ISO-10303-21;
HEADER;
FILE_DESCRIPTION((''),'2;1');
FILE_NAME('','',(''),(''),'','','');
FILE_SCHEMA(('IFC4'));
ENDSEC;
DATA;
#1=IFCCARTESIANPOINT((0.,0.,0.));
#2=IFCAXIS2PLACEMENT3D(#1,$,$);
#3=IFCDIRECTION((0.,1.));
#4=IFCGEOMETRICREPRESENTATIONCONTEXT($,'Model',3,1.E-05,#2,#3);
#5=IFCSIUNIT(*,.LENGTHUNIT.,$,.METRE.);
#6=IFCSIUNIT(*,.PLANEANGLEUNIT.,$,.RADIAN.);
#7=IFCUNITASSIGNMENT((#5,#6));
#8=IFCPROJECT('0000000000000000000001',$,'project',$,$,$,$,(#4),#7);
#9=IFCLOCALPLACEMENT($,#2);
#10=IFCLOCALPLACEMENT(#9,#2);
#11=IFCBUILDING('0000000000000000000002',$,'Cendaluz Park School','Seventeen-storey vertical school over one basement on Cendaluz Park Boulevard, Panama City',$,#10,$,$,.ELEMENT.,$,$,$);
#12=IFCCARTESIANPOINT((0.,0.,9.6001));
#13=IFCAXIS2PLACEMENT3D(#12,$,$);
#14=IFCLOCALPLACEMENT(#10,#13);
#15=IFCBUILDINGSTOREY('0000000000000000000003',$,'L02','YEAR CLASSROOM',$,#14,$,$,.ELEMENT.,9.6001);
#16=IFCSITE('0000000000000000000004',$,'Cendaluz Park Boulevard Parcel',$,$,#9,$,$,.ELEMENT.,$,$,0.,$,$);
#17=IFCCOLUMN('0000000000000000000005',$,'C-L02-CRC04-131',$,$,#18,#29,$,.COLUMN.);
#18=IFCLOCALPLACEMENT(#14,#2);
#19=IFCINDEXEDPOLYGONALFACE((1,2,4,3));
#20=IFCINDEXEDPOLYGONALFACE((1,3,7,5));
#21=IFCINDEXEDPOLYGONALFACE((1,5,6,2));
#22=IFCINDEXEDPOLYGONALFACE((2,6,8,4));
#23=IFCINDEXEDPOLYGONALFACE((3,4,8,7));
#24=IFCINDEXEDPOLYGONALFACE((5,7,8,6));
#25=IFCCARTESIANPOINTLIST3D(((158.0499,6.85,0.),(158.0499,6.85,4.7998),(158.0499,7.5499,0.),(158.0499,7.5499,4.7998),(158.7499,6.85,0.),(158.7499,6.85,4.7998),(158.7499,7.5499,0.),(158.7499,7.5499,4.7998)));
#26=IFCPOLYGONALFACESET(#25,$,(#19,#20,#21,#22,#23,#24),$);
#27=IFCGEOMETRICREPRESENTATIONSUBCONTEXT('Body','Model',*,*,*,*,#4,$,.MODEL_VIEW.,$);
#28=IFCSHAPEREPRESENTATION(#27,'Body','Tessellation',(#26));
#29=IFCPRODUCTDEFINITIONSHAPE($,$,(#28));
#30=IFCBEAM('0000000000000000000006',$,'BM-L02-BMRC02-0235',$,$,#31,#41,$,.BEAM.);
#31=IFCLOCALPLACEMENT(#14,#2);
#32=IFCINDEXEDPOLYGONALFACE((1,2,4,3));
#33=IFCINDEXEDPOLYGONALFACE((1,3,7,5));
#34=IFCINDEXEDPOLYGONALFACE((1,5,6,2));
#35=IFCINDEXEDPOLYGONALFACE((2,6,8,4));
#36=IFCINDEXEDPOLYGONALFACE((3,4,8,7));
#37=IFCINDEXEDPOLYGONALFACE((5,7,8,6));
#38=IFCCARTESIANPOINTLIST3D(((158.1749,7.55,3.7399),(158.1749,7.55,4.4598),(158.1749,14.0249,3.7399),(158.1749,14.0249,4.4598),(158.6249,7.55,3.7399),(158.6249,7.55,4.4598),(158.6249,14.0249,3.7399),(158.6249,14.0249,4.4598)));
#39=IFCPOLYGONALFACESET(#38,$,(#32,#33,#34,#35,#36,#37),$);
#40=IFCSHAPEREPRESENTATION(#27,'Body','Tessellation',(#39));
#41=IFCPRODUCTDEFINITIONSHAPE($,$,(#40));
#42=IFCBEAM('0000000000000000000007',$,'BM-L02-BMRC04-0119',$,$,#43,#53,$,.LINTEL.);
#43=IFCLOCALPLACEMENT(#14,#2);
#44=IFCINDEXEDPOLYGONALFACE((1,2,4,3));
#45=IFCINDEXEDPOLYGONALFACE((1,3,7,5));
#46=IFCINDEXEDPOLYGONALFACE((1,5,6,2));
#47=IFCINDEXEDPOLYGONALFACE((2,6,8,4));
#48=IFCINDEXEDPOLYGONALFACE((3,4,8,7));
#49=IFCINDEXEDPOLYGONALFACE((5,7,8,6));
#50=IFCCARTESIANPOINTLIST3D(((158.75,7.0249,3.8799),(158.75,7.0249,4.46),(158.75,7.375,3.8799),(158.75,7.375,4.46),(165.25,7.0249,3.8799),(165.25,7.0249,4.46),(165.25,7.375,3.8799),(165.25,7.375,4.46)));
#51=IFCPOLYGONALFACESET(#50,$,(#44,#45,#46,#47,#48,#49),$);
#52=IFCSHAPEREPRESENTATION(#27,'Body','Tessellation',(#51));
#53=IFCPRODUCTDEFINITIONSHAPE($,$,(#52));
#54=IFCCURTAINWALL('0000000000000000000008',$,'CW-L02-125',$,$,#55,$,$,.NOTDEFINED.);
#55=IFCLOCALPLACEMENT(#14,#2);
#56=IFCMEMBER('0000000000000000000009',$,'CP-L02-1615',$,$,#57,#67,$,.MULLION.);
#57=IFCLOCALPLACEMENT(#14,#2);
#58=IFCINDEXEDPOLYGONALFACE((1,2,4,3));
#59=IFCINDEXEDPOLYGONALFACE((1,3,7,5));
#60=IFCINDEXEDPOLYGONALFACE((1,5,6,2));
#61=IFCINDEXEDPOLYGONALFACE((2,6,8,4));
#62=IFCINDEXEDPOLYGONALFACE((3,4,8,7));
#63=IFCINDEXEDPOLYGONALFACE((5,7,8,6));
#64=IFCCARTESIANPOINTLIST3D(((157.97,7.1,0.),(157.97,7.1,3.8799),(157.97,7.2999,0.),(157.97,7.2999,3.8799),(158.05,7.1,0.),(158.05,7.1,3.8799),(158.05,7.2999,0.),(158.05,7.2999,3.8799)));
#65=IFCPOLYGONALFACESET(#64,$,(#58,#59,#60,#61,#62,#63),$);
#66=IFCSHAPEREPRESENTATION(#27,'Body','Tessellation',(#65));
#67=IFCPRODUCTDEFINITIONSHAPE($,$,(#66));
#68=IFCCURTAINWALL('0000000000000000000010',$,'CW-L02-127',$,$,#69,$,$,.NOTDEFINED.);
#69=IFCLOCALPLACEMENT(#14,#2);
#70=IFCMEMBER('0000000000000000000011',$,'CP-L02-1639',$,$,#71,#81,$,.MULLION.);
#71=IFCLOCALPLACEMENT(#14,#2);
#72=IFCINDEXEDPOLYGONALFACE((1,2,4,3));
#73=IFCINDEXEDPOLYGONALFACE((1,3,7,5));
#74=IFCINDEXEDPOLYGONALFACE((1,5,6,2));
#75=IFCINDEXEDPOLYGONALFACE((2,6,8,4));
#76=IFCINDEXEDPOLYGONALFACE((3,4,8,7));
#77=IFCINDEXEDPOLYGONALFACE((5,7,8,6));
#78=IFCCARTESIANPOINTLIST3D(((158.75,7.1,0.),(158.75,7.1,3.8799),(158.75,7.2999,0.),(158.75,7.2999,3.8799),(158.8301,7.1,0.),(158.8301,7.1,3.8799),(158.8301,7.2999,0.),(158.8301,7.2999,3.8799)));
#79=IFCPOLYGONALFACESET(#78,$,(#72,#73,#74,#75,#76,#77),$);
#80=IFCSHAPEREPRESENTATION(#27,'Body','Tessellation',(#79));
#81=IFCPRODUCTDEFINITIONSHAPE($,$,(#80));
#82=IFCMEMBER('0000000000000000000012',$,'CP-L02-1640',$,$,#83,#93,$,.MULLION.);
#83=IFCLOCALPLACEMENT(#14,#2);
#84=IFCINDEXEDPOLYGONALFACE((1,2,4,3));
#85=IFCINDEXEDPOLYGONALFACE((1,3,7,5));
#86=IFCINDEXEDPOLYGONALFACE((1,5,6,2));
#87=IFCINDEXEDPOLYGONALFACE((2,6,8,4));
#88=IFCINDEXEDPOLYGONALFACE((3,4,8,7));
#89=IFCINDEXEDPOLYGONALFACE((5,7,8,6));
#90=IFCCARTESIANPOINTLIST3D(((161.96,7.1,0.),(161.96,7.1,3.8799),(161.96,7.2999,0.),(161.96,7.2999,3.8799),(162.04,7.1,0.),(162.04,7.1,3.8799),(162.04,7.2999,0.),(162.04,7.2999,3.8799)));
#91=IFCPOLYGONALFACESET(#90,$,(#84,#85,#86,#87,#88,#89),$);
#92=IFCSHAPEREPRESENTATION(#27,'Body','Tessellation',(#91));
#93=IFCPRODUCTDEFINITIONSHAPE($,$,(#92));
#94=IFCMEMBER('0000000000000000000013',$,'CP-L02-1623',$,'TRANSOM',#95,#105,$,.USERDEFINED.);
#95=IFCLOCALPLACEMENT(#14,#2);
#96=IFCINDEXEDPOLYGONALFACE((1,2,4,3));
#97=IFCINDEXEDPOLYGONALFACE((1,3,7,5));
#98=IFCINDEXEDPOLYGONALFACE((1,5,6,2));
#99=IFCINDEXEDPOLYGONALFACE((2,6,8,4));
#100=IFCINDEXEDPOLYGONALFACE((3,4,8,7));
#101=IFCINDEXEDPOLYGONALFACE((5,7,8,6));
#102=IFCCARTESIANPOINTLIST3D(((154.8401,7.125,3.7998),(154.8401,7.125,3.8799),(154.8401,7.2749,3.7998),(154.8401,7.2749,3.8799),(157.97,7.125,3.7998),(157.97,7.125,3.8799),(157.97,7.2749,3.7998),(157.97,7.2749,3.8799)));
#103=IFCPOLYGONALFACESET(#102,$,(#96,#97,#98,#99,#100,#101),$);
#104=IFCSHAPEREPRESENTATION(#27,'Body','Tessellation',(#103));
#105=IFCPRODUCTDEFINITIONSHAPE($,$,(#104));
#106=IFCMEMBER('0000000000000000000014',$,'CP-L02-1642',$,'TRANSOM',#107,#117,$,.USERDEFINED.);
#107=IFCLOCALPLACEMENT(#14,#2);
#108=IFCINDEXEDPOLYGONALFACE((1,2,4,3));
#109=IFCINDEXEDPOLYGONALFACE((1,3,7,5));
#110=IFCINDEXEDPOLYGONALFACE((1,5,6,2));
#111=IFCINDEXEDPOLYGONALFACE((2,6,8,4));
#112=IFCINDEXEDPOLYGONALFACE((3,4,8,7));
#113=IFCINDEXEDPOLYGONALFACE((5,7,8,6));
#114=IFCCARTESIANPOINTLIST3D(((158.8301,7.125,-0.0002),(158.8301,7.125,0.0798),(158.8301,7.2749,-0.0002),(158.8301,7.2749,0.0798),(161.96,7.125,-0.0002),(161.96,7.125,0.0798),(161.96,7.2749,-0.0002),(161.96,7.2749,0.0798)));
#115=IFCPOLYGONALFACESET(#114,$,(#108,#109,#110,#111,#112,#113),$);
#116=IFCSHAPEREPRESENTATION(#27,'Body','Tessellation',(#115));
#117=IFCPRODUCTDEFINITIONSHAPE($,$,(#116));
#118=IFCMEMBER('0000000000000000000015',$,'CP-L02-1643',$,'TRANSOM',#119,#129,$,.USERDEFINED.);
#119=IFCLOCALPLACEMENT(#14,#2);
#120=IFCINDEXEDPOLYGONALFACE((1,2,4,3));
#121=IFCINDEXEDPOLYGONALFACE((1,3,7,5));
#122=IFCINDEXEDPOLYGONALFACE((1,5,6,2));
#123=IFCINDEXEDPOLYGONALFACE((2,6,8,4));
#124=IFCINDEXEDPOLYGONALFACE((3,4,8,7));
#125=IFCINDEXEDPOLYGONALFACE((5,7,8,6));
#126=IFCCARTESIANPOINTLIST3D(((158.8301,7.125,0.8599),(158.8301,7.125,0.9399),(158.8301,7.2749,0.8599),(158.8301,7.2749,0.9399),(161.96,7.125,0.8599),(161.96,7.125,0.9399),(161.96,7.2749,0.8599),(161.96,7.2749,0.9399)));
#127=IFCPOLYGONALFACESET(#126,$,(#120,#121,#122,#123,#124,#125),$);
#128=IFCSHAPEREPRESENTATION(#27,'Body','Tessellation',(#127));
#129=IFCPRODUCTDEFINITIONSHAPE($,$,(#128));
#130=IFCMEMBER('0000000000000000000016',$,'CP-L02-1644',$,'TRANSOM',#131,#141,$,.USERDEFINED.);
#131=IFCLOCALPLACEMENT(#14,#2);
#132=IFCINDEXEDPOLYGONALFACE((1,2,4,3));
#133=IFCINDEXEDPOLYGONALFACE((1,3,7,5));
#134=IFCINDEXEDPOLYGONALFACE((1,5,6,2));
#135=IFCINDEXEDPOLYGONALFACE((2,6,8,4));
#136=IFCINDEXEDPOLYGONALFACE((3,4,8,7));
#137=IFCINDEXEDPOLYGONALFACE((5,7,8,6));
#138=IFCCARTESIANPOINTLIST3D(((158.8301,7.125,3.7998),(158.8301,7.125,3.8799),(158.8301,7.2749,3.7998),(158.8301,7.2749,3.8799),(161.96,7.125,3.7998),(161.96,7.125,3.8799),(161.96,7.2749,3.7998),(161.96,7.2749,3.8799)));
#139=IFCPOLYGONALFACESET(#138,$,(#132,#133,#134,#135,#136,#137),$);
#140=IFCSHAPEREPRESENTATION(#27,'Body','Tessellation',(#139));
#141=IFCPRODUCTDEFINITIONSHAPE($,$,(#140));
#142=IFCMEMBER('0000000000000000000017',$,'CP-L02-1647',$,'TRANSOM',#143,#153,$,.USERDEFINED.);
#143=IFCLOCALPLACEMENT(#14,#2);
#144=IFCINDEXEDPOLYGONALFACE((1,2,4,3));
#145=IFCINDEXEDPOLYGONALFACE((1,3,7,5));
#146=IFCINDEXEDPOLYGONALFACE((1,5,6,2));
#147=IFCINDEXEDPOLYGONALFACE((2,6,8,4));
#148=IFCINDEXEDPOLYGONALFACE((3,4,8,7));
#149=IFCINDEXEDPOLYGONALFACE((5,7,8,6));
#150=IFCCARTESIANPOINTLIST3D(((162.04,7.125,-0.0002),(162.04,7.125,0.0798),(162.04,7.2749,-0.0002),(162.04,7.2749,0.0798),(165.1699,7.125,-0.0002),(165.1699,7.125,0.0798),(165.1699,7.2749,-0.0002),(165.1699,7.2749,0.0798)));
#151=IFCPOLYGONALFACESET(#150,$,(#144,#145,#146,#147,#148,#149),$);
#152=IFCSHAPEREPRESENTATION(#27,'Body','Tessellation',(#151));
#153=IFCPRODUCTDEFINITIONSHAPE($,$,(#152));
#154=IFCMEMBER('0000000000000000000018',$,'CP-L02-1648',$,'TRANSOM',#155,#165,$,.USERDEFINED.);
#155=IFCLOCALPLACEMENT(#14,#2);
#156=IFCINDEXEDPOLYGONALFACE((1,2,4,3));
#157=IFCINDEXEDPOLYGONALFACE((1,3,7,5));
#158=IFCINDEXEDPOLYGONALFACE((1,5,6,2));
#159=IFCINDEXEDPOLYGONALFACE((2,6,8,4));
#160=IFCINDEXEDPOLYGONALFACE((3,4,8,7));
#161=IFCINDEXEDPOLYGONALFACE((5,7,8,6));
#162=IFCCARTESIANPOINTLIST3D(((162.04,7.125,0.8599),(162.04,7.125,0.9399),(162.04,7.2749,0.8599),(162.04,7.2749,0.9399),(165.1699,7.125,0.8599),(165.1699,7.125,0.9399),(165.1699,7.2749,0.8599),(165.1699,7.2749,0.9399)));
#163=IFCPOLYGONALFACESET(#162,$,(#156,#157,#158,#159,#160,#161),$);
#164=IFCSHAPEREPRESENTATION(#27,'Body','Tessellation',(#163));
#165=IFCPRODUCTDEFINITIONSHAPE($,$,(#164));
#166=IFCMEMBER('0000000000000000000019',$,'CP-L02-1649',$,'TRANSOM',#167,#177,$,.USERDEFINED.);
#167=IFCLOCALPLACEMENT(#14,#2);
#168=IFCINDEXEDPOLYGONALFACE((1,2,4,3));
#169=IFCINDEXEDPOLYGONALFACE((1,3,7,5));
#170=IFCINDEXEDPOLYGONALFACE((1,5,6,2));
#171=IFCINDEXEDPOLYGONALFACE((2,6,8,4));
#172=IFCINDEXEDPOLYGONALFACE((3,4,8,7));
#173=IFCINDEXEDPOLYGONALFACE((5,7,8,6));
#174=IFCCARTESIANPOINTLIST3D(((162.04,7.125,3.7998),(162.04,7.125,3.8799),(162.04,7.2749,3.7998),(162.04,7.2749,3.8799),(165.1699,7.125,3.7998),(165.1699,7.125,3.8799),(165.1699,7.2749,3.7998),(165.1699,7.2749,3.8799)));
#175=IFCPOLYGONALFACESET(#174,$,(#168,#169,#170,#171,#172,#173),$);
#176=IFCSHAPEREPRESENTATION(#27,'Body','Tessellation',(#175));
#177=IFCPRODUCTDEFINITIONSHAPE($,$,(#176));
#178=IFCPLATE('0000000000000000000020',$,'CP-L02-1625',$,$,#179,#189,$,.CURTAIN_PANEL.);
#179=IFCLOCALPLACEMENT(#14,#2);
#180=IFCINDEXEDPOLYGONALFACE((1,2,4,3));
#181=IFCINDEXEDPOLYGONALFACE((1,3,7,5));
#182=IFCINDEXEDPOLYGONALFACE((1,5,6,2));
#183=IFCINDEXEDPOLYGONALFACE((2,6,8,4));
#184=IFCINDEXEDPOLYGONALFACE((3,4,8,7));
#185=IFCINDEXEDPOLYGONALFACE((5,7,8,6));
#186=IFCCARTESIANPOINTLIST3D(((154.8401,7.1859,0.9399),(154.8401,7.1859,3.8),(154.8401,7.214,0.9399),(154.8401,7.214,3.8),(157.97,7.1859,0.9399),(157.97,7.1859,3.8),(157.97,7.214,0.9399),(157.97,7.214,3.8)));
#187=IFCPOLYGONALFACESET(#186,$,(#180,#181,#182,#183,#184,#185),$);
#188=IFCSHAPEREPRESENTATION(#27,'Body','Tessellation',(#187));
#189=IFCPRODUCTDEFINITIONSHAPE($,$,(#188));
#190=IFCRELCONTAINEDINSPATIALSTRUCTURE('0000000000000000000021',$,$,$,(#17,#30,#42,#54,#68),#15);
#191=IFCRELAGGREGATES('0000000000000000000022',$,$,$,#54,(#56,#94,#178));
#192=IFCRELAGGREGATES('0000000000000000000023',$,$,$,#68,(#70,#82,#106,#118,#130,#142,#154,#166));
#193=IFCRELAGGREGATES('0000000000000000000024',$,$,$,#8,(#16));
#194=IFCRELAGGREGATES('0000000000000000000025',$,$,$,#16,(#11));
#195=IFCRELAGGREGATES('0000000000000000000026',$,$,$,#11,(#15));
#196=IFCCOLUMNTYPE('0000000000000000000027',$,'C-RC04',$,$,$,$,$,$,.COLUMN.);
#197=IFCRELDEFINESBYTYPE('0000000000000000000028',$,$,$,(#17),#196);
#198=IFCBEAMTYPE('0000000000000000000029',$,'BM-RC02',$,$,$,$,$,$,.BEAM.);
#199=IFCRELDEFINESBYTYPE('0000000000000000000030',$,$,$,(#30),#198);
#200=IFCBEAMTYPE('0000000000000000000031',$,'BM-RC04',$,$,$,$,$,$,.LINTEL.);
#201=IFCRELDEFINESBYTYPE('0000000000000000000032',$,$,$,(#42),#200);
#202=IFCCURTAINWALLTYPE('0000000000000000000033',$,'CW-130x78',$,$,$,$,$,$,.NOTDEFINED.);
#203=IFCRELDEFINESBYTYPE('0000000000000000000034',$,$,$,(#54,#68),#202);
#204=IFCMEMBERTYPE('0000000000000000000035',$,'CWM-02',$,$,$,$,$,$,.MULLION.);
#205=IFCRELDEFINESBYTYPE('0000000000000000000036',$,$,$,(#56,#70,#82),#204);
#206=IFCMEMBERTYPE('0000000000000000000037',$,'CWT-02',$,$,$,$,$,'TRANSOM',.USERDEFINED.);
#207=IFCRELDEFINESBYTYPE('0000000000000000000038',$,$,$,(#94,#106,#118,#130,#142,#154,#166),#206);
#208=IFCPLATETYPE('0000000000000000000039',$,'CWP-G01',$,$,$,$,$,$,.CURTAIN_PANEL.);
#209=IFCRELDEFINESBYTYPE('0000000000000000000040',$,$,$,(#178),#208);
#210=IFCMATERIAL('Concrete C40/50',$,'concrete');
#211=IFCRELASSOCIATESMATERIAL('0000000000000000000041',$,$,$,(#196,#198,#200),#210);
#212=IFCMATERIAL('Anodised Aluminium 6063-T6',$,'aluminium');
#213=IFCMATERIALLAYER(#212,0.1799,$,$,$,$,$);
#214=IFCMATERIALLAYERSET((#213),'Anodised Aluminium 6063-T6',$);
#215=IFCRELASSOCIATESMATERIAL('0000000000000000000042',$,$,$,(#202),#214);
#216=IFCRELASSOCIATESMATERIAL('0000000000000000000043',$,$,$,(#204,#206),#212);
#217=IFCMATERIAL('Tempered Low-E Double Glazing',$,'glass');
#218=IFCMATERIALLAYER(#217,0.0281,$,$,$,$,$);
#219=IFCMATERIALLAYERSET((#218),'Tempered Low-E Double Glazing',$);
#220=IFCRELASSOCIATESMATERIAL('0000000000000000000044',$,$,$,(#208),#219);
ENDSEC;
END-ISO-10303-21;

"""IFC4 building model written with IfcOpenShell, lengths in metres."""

from ifc_helpers import new_model, si_unit, direction, frame, origin, origin_2d, place, context, subcontext, project, spatial, rectangle, extrude, material, layer, layer_set, material_profile, profile_set, type_object, element, aggregate, save


model = new_model("IFC4")

# Units and contexts
model_context = context("Model", 3, precision=1e-05, world=origin(), true_north=direction((0.0, 1.0)))
body_context = subcontext(model_context, "Body", "Model", "MODEL_VIEW")
ifc_project = project(units=[si_unit("LENGTHUNIT", "METRE"), si_unit("PLANEANGLEUNIT", "RADIAN")], contexts=[model_context])

# Site, building, storey
site_placement = place(None, origin())
site = spatial("IfcSite", under=ifc_project, at=site_placement, Name="Cendaluz Park Boulevard Parcel", CompositionType="ELEMENT", RefElevation=0.0)
building_placement = place(site_placement, origin())
building = spatial("IfcBuilding", under=site, at=building_placement, Name="Cendaluz Park School", Description="Seventeen-storey vertical school over one basement on Cendaluz Park Boulevard, Panama City", CompositionType="ELEMENT")
storey_placement = place(building_placement, frame((0.0, 0.0, 9.6001)))
storey = spatial("IfcBuildingStorey", under=building, at=storey_placement, Name="L02", Description="YEAR CLASSROOM", CompositionType="ELEMENT", Elevation=9.6001)

# Column
ifc_material_1 = material(Name="Concrete C40/50", Category="concrete")
ifc_material_profile_1 = material_profile(ifc_material_1, rectangle(XDim=0.7, YDim=0.7, at=origin_2d()), Name="RC 700x700", Category="concrete")
ifc_profile_set_1 = profile_set([ifc_material_profile_1], Name="Concrete C40/50")
column_type = type_object("IfcColumnType", Name="C-RC04", PredefinedType="COLUMN", material=ifc_profile_set_1)
column_placement = place(storey_placement, frame((158.3999, 7.2, 0.0), z_axis=(0.0, 0.0, 1.0), x_axis=(1.0, 0.0, 0.0)))
element("IfcColumn", 1, at=column_placement, inside=storey, type_object=column_type, Name="C-L02-CRC04-131", PredefinedType="COLUMN", context=body_context, shape_type="SweptSolid", body=[
    extrude(rectangle(XDim=0.7, YDim=0.7, at=origin_2d()), origin(), (0.0, 0.0, 1.0), 4.7998),
])

# Beams
ifc_material_profile_2 = material_profile(ifc_material_1, rectangle(XDim=0.45, YDim=0.72, at=origin_2d()), Name="RC 450x720", Category="concrete")
ifc_profile_set_2 = profile_set([ifc_material_profile_2], Name="Concrete C40/50")
beam_type_1 = type_object("IfcBeamType", Name="BM-RC02", PredefinedType="BEAM", material=ifc_profile_set_2)
beam_1_placement = place(storey_placement, frame((158.3999, 7.55, 4.0999), z_axis=(0.0, 1.0, 0.0), x_axis=(-1.0, 0.0, 0.0)))
element("IfcBeam", 2, at=beam_1_placement, inside=storey, type_object=beam_type_1, Name="BM-L02-BMRC02-0235", PredefinedType="BEAM", context=body_context, shape_type="SweptSolid", body=[
    extrude(rectangle(XDim=0.45, YDim=0.72, at=origin_2d()), origin(), (0.0, 0.0, 1.0), 6.4749),
])
ifc_material_profile_3 = material_profile(ifc_material_1, rectangle(XDim=0.3501, YDim=0.5801, at=origin_2d()), Name="RC 350x580", Category="concrete")
ifc_profile_set_3 = profile_set([ifc_material_profile_3], Name="Concrete C40/50")
beam_type_2 = type_object("IfcBeamType", Name="BM-RC04", PredefinedType="LINTEL", material=ifc_profile_set_3)
beam_2_placement = place(storey_placement, frame((158.75, 7.2, 4.1699), z_axis=(1.0, 0.0, 0.0), x_axis=(0.0, 1.0, 0.0)))
element("IfcBeam", 3, at=beam_2_placement, inside=storey, type_object=beam_type_2, Name="BM-L02-BMRC04-0119", PredefinedType="LINTEL", context=body_context, shape_type="SweptSolid", body=[
    extrude(rectangle(XDim=0.3501, YDim=0.5801, at=origin_2d()), origin(), (0.0, 0.0, 1.0), 6.5),
])

# Curtain wall, member
ifc_material_2 = material(Name="Anodised Aluminium 6063-T6", Category="aluminium")
ifc_layer_1 = layer(ifc_material_2, 0.1799)
ifc_layer_set_1 = layer_set([ifc_layer_1], Name="Anodised Aluminium 6063-T6")
curtain_wall_type = type_object("IfcCurtainWallType", Name="CW-130x78", PredefinedType="NOTDEFINED", material=ifc_layer_set_1)
curtain_wall_1_placement = place(storey_placement, origin())
curtain_wall_1 = element("IfcCurtainWall", 4, at=curtain_wall_1_placement, inside=storey, type_object=curtain_wall_type, Name="CW-L02-125", PredefinedType="NOTDEFINED")
ifc_material_profile_4 = material_profile(ifc_material_2, rectangle(XDim=0.2, YDim=0.0801, at=origin_2d()), Name="CWM 200x80", Category="aluminium")
ifc_profile_set_4 = profile_set([ifc_material_profile_4], Name="Anodised Aluminium 6063-T6")
member_type_1 = type_object("IfcMemberType", Name="CWM-02", PredefinedType="MULLION", material=ifc_profile_set_4)
member_1_placement = place(storey_placement, frame((158.01, 7.2, 0.0), z_axis=(0.0, 0.0, 1.0), x_axis=(0.0, 1.0, 0.0)))
member_1 = element("IfcMember", 5, at=member_1_placement, type_object=member_type_1, Name="CP-L02-1615", PredefinedType="MULLION", context=body_context, shape_type="SweptSolid", body=[
    extrude(rectangle(XDim=0.2, YDim=0.0801, at=origin_2d()), origin(), (0.0, 0.0, 1.0), 3.8799),
])

# Curtain wall, members
curtain_wall_2_placement = place(storey_placement, origin())
curtain_wall_2 = element("IfcCurtainWall", 6, at=curtain_wall_2_placement, inside=storey, type_object=curtain_wall_type, Name="CW-L02-127", PredefinedType="NOTDEFINED")
member_2_placement = place(storey_placement, frame((158.79, 7.2, 0.0), z_axis=(0.0, 0.0, 1.0), x_axis=(0.0, 1.0, 0.0)))
member_2 = element("IfcMember", 7, at=member_2_placement, type_object=member_type_1, Name="CP-L02-1639", PredefinedType="MULLION", context=body_context, shape_type="SweptSolid", body=[
    extrude(rectangle(XDim=0.2, YDim=0.0801, at=origin_2d()), origin(), (0.0, 0.0, 1.0), 3.8799),
])
member_3_placement = place(storey_placement, frame((162.0, 7.2, 0.0), z_axis=(0.0, 0.0, 1.0), x_axis=(0.0, 1.0, 0.0)))
member_3 = element("IfcMember", 8, at=member_3_placement, type_object=member_type_1, Name="CP-L02-1640", PredefinedType="MULLION", context=body_context, shape_type="SweptSolid", body=[
    extrude(rectangle(XDim=0.2, YDim=0.0801, at=origin_2d()), origin(), (0.0, 0.0, 1.0), 3.8799),
])

# Members
ifc_material_profile_5 = material_profile(ifc_material_2, rectangle(XDim=0.1499, YDim=0.0801, at=origin_2d()), Name="CWT 150x80", Category="aluminium")
ifc_profile_set_5 = profile_set([ifc_material_profile_5], Name="Anodised Aluminium 6063-T6")
member_type_2 = type_object("IfcMemberType", Name="CWT-02", ElementType="TRANSOM", PredefinedType="USERDEFINED", material=ifc_profile_set_5)
member_4_placement = place(storey_placement, frame((154.8401, 7.2, 3.8398), z_axis=(1.0, 0.0, 0.0), x_axis=(0.0, 1.0, 0.0)))
member_4 = element("IfcMember", 9, at=member_4_placement, type_object=member_type_2, Name="CP-L02-1623", ObjectType="TRANSOM", PredefinedType="USERDEFINED", context=body_context, shape_type="SweptSolid", body=[
    extrude(rectangle(XDim=0.1499, YDim=0.0801, at=origin_2d()), origin(), (0.0, 0.0, 1.0), 3.1299),
])
member_5_placement = place(storey_placement, frame((158.8301, 7.2, 0.0398), z_axis=(1.0, 0.0, 0.0), x_axis=(0.0, 1.0, 0.0)))
member_5 = element("IfcMember", 10, at=member_5_placement, type_object=member_type_2, Name="CP-L02-1642", ObjectType="TRANSOM", PredefinedType="USERDEFINED", context=body_context, shape_type="SweptSolid", body=[
    extrude(rectangle(XDim=0.1499, YDim=0.0801, at=origin_2d()), origin(), (0.0, 0.0, 1.0), 3.1299),
])
member_6_placement = place(storey_placement, frame((158.8301, 7.2, 0.8999), z_axis=(1.0, 0.0, 0.0), x_axis=(0.0, 1.0, 0.0)))
member_6 = element("IfcMember", 11, at=member_6_placement, type_object=member_type_2, Name="CP-L02-1643", ObjectType="TRANSOM", PredefinedType="USERDEFINED", context=body_context, shape_type="SweptSolid", body=[
    extrude(rectangle(XDim=0.1499, YDim=0.0801, at=origin_2d()), origin(), (0.0, 0.0, 1.0), 3.1299),
])
member_7_placement = place(storey_placement, frame((158.8301, 7.2, 3.8398), z_axis=(1.0, 0.0, 0.0), x_axis=(0.0, 1.0, 0.0)))
member_7 = element("IfcMember", 12, at=member_7_placement, type_object=member_type_2, Name="CP-L02-1644", ObjectType="TRANSOM", PredefinedType="USERDEFINED", context=body_context, shape_type="SweptSolid", body=[
    extrude(rectangle(XDim=0.1499, YDim=0.0801, at=origin_2d()), origin(), (0.0, 0.0, 1.0), 3.1299),
])
member_8_placement = place(storey_placement, frame((162.04, 7.2, 0.0398), z_axis=(1.0, 0.0, 0.0), x_axis=(0.0, 1.0, 0.0)))
member_8 = element("IfcMember", 13, at=member_8_placement, type_object=member_type_2, Name="CP-L02-1647", ObjectType="TRANSOM", PredefinedType="USERDEFINED", context=body_context, shape_type="SweptSolid", body=[
    extrude(rectangle(XDim=0.1499, YDim=0.0801, at=origin_2d()), origin(), (0.0, 0.0, 1.0), 3.1299),
])
member_9_placement = place(storey_placement, frame((162.04, 7.2, 0.8999), z_axis=(1.0, 0.0, 0.0), x_axis=(0.0, 1.0, 0.0)))
member_9 = element("IfcMember", 14, at=member_9_placement, type_object=member_type_2, Name="CP-L02-1648", ObjectType="TRANSOM", PredefinedType="USERDEFINED", context=body_context, shape_type="SweptSolid", body=[
    extrude(rectangle(XDim=0.1499, YDim=0.0801, at=origin_2d()), origin(), (0.0, 0.0, 1.0), 3.1299),
])
member_10_placement = place(storey_placement, frame((162.04, 7.2, 3.8398), z_axis=(1.0, 0.0, 0.0), x_axis=(0.0, 1.0, 0.0)))
member_10 = element("IfcMember", 15, at=member_10_placement, type_object=member_type_2, Name="CP-L02-1649", ObjectType="TRANSOM", PredefinedType="USERDEFINED", context=body_context, shape_type="SweptSolid", body=[
    extrude(rectangle(XDim=0.1499, YDim=0.0801, at=origin_2d()), origin(), (0.0, 0.0, 1.0), 3.1299),
])

# Plate
ifc_material_3 = material(Name="Tempered Low-E Double Glazing", Category="glass")
ifc_layer_2 = layer(ifc_material_3, 0.0281)
ifc_layer_set_2 = layer_set([ifc_layer_2], Name="Tempered Low-E Double Glazing")
plate_type_1 = type_object("IfcPlateType", Name="CWP-G01", PredefinedType="CURTAIN_PANEL", material=ifc_layer_set_2)
plate_1_placement = place(storey_placement, frame((156.405, 7.2, 0.9399), z_axis=(0.0, 0.0, 1.0), x_axis=(1.0, 0.0, 0.0)))
plate_1 = element("IfcPlate", 16, at=plate_1_placement, type_object=plate_type_1, Name="CP-L02-1625", PredefinedType="CURTAIN_PANEL", context=body_context, shape_type="SweptSolid", body=[
    extrude(rectangle(XDim=3.1299, YDim=0.0281, at=origin_2d()), origin(), (0.0, 0.0, 1.0), 2.8601),
])
aggregate(curtain_wall_1, [member_1, member_4, plate_1])
aggregate(curtain_wall_2, [member_2, member_3, member_5, member_6, member_7, member_8, member_9, member_10])

save(model, "model.ifc")
